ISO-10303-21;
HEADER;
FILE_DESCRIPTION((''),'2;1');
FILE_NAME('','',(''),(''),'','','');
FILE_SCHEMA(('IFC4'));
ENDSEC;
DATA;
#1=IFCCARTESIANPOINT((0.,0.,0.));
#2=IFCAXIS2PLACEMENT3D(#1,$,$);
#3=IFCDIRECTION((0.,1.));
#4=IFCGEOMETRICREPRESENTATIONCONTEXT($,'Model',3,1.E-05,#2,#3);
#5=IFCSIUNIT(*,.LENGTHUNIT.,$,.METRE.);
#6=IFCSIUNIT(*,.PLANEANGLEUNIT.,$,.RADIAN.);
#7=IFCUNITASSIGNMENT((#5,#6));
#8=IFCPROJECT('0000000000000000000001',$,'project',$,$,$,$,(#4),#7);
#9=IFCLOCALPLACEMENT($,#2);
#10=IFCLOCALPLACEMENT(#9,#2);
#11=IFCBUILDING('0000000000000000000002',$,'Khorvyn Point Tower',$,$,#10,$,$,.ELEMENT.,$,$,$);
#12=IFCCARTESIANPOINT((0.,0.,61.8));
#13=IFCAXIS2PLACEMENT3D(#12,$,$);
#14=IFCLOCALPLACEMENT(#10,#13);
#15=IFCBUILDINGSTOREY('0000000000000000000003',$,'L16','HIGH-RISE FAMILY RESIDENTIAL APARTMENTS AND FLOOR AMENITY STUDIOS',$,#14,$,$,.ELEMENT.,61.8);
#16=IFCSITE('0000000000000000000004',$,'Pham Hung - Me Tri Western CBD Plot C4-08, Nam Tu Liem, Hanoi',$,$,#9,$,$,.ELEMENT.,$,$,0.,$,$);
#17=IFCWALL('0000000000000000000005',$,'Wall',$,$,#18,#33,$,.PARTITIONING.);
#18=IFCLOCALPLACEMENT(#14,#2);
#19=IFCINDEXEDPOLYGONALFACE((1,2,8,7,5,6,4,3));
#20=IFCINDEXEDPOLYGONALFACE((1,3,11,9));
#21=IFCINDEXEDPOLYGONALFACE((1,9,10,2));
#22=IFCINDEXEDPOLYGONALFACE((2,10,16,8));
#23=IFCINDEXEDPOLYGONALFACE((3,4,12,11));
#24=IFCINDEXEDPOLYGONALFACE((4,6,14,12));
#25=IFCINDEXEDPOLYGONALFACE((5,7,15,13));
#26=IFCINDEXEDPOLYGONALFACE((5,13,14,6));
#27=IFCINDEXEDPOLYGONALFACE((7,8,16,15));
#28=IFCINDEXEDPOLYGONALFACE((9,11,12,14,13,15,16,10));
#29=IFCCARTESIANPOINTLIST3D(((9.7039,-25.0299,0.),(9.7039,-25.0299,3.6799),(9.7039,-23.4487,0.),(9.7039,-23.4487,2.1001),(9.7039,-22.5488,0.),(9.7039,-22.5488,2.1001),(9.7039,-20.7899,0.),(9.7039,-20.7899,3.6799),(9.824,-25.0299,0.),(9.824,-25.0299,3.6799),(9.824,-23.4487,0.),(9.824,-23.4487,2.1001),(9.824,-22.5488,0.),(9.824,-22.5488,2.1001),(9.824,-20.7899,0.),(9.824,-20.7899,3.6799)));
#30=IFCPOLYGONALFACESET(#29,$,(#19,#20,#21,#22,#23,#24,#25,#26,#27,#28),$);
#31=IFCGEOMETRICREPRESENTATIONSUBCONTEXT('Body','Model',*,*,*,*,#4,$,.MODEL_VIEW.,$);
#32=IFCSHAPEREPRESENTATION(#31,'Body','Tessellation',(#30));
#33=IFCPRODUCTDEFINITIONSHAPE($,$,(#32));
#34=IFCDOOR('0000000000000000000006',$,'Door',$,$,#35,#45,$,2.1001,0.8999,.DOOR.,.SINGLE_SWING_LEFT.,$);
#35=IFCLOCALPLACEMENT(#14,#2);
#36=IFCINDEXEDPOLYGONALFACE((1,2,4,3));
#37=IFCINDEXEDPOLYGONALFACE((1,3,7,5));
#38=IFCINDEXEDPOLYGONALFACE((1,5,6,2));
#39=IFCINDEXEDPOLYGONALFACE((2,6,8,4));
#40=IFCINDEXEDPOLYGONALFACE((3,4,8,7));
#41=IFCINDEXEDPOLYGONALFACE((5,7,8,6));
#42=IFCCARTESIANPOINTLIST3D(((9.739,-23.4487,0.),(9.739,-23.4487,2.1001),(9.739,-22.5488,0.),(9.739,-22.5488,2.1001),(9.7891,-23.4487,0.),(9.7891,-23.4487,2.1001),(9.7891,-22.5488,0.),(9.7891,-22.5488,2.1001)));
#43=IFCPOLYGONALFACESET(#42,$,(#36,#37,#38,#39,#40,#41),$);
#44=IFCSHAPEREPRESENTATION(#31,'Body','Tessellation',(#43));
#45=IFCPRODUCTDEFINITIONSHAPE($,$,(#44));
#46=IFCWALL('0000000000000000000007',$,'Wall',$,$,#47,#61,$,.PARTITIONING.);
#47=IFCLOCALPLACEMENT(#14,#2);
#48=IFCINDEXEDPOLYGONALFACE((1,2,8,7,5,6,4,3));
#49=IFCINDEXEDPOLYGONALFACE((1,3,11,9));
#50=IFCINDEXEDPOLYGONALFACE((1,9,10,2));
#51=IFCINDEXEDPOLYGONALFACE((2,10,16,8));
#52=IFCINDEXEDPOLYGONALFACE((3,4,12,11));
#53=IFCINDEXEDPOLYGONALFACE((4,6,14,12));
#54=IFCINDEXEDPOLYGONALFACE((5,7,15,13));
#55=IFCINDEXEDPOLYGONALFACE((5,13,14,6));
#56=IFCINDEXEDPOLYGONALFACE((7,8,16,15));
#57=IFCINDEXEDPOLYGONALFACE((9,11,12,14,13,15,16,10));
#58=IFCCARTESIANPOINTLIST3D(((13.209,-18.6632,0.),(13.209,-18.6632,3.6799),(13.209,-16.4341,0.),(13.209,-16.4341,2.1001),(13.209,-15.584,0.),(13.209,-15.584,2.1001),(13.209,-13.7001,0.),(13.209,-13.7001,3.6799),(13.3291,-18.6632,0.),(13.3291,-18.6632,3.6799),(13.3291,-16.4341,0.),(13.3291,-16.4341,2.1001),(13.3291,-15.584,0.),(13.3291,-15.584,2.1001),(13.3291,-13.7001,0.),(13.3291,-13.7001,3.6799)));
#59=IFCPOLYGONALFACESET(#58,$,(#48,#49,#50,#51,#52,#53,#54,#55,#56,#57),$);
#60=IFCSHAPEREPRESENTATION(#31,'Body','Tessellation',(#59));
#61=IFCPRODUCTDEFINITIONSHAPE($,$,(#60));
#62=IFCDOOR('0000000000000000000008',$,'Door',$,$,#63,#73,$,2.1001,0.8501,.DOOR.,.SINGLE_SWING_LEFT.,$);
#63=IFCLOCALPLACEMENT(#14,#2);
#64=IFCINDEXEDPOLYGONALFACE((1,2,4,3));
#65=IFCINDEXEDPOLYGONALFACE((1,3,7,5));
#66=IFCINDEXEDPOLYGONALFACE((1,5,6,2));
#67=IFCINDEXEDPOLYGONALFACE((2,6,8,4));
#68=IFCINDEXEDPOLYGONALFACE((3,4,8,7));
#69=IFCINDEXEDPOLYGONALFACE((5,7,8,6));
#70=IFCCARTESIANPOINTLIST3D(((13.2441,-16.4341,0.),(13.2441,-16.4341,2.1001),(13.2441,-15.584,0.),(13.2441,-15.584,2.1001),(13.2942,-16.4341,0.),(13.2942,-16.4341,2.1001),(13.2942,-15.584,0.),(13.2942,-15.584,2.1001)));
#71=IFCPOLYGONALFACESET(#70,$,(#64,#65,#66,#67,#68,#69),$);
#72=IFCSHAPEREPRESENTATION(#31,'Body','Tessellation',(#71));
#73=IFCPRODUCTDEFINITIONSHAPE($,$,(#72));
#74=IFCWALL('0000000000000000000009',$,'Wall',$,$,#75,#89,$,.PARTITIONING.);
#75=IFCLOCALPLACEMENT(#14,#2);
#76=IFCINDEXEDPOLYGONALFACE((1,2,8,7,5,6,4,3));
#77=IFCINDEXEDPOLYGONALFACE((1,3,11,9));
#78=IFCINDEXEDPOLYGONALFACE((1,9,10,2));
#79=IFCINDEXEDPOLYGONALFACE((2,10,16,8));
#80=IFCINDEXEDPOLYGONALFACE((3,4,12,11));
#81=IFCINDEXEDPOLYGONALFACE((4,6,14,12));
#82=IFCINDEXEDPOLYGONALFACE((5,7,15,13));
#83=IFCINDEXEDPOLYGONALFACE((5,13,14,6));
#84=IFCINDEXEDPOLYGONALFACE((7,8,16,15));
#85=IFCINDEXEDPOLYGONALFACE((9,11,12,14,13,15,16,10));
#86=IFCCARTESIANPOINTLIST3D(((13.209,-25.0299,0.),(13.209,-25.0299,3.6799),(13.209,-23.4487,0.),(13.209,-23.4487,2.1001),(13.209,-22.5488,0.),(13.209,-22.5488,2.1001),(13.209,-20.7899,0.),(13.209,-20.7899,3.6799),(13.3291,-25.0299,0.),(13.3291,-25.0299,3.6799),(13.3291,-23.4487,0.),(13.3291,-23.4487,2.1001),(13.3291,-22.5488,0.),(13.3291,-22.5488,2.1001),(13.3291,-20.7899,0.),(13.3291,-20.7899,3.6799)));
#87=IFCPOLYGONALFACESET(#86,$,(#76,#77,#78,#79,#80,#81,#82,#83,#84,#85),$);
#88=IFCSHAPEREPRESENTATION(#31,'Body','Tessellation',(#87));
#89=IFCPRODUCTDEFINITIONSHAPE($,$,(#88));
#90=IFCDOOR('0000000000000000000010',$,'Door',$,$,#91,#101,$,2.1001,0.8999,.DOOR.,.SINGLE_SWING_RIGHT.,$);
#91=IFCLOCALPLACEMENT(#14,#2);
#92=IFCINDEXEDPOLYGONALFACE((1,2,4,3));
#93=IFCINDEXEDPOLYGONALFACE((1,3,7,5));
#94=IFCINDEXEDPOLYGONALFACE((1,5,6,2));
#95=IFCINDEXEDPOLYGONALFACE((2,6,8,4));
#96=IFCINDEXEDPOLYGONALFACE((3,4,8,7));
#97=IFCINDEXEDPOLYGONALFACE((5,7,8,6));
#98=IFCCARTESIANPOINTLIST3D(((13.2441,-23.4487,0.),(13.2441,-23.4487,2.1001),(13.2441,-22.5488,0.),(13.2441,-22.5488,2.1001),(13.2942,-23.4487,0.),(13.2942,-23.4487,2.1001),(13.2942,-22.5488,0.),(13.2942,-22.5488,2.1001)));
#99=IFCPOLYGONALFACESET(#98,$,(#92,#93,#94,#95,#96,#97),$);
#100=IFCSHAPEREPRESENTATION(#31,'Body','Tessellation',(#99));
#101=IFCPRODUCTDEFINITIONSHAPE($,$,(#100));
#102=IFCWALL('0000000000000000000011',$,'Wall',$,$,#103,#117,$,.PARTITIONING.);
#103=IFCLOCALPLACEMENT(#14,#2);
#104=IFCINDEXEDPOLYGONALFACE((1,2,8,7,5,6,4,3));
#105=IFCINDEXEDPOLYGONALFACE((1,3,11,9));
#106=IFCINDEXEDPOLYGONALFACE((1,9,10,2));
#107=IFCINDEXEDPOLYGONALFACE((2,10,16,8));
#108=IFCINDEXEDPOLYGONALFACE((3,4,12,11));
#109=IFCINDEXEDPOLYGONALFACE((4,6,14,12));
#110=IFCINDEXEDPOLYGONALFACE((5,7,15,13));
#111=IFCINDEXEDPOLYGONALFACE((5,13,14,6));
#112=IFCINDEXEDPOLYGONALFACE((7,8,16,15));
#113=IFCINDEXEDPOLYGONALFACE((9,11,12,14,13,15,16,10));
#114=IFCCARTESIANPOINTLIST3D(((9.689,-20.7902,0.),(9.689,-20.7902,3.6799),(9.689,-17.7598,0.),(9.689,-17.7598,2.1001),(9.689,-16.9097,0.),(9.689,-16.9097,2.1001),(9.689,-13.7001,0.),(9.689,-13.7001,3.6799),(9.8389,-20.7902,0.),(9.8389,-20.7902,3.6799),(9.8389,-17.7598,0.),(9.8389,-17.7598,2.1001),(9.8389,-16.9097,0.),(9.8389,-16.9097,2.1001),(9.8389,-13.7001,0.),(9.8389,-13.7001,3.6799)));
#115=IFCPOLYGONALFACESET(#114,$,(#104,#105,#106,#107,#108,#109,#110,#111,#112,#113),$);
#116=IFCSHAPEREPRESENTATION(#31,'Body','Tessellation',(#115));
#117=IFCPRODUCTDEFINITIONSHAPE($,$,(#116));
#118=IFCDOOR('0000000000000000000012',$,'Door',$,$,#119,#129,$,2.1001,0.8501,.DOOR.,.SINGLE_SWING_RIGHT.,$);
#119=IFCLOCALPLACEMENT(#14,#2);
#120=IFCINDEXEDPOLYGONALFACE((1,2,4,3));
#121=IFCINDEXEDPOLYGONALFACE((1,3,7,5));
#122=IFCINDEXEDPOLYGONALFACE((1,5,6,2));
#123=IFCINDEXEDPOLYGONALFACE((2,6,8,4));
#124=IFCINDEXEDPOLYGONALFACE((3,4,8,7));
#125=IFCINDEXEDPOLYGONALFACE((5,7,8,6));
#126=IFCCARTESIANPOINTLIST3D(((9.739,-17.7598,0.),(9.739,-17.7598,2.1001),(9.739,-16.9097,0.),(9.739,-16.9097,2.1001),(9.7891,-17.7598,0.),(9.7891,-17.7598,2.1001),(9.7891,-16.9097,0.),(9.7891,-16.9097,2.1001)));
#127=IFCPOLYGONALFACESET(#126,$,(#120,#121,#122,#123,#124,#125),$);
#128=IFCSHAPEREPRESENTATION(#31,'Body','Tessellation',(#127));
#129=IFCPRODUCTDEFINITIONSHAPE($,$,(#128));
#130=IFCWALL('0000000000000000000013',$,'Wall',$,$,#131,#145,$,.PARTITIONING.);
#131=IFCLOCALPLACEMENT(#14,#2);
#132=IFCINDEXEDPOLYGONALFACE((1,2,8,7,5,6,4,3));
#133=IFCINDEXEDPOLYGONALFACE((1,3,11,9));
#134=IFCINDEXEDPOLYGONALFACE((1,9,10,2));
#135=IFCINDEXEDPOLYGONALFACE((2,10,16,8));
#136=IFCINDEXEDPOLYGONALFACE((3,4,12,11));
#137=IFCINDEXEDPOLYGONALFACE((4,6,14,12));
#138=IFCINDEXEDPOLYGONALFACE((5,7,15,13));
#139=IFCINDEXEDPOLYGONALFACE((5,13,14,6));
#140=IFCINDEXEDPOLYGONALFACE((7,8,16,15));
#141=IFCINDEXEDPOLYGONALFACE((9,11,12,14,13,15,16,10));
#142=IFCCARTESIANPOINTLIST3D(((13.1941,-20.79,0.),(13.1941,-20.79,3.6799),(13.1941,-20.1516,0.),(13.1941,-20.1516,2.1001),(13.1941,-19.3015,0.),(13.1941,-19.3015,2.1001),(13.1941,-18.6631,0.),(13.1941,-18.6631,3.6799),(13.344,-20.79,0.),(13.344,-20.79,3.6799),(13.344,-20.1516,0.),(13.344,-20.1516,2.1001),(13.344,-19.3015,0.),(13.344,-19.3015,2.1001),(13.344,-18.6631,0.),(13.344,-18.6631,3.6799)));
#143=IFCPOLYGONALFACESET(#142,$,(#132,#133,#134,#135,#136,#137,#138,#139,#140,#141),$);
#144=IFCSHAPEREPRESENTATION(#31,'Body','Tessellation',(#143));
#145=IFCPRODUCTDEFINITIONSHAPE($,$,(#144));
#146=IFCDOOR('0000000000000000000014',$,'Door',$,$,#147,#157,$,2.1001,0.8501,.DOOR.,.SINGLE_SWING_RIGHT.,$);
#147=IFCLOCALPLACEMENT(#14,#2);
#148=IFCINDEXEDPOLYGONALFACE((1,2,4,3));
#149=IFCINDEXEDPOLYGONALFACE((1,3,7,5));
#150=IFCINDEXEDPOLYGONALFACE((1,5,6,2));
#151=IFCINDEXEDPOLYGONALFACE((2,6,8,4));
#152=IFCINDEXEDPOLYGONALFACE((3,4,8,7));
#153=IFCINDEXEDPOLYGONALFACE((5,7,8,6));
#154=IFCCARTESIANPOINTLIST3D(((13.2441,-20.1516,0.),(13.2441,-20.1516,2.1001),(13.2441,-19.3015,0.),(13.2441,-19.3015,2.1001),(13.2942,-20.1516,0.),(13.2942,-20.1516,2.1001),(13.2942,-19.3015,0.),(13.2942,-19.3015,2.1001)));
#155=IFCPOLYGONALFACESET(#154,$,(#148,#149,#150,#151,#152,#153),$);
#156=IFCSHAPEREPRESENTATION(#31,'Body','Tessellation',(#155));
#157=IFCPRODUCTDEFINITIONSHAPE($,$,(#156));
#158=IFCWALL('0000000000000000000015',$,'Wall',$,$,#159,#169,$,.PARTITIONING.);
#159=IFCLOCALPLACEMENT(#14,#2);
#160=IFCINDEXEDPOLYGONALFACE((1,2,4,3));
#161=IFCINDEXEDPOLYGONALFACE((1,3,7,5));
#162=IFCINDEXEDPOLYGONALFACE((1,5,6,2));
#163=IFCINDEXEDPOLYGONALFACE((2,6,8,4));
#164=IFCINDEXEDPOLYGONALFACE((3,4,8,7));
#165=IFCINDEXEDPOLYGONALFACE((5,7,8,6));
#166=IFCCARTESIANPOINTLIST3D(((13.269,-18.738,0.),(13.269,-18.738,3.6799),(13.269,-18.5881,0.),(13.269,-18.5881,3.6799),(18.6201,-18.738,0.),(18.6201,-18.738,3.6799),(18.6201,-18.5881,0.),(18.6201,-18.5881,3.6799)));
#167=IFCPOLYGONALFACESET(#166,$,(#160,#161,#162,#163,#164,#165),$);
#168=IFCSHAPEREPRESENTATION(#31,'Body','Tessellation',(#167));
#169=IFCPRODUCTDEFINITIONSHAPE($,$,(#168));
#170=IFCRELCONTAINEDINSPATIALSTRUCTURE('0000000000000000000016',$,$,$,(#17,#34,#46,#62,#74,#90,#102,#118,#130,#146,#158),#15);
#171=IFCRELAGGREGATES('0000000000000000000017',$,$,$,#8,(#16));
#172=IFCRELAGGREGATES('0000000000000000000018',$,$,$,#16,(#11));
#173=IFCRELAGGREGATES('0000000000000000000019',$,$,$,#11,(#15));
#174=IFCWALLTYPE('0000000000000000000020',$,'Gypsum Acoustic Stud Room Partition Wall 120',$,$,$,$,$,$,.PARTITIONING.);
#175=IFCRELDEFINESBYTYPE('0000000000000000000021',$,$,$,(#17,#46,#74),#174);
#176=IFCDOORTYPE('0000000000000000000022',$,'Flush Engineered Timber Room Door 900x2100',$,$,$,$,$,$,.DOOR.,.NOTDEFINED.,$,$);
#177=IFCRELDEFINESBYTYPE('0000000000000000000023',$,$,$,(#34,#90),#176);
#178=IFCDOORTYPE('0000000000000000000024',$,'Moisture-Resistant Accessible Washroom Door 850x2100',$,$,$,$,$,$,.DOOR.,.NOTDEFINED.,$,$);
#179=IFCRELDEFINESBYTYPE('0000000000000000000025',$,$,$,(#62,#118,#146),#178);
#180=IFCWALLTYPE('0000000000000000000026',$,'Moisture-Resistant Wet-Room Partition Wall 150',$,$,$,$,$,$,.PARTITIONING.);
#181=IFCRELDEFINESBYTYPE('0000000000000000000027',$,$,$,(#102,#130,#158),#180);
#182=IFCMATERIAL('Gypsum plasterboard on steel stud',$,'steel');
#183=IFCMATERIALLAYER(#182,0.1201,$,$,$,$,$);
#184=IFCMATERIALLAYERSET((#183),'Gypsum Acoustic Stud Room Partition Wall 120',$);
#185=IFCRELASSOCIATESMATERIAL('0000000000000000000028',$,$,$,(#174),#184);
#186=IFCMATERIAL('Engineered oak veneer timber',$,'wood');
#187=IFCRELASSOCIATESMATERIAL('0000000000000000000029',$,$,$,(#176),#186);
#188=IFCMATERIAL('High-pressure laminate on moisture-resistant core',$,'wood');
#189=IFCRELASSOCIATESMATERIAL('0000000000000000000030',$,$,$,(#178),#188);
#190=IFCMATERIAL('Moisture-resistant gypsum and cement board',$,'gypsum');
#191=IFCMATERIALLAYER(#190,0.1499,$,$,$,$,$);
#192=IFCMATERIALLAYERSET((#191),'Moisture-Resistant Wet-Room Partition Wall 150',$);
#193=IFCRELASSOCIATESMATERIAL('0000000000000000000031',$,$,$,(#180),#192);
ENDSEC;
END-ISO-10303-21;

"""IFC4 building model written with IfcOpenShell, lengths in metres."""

from ifc_helpers import new_model, si_unit, direction, frame, frame_2d, origin, place, context, subcontext, project, spatial, rectangle, extrude, material, layer, layer_set, type_object, element, fill, save


model = new_model("IFC4")

# Units and contexts
model_context = context("Model", 3, precision=1e-05, world=origin(), true_north=direction((0.0, 1.0)))
body_context = subcontext(model_context, "Body", "Model", "MODEL_VIEW")
ifc_project = project(units=[si_unit("LENGTHUNIT", "METRE"), si_unit("PLANEANGLEUNIT", "RADIAN")], contexts=[model_context])

# Site, building, storey
site_placement = place(None, origin())
site = spatial("IfcSite", under=ifc_project, at=site_placement, Name="Pham Hung - Me Tri Western CBD Plot C4-08, Nam Tu Liem, Hanoi", CompositionType="ELEMENT", RefElevation=0.0)
building_placement = place(site_placement, origin())
building = spatial("IfcBuilding", under=site, at=building_placement, Name="Khorvyn Point Tower", CompositionType="ELEMENT")
storey_placement = place(building_placement, frame((0.0, 0.0, 61.8)))
storey = spatial("IfcBuildingStorey", under=building, at=storey_placement, Name="L16", Description="HIGH-RISE FAMILY RESIDENTIAL APARTMENTS AND FLOOR AMENITY STUDIOS", CompositionType="ELEMENT", Elevation=61.8)

# Walls, openings, doors
ifc_material_1 = material(Name="Gypsum plasterboard on steel stud", Category="steel")
ifc_layer_1 = layer(ifc_material_1, 0.1201)
ifc_layer_set_1 = layer_set([ifc_layer_1], Name="Gypsum Acoustic Stud Room Partition Wall 120")
wall_type_1 = type_object("IfcWallType", Name="Gypsum Acoustic Stud Room Partition Wall 120", PredefinedType="PARTITIONING", material=ifc_layer_set_1)
wall_1_placement = place(storey_placement, frame((9.7639, -25.03, 0.0), z_axis=(0.0, 0.0, 1.0), x_axis=(0.0, 1.0, 0.0)))
wall_1 = element("IfcWall", 1, at=wall_1_placement, inside=storey, type_object=wall_type_1, Name="Wall", PredefinedType="PARTITIONING", context=body_context, shape_type="SweptSolid", body=[
    extrude(rectangle(XDim=4.24, YDim=0.1201, at=frame_2d((2.1201, 0.0))), origin(), (0.0, 0.0, 1.0), 3.6799),
])
opening_1_placement = place(wall_1_placement, frame((1.5813, 0.0, 0.0)))
opening_1 = element("IfcOpeningElement", 2, at=opening_1_placement, cuts=wall_1, PredefinedType="OPENING", context=body_context, shape_type="SweptSolid", body=[
    extrude(rectangle(XDim=0.8999, YDim=2.1001, at=frame_2d((0.45, 1.05))), frame((0.0, 0.0701, 0.0), z_axis=(0.0, -1.0, 0.0), x_axis=(1.0, 0.0, 0.0)), (0.0, 0.0, 1.0), 0.1401),
])
ifc_material_2 = material(Name="Engineered oak veneer timber", Category="wood")
door_type_1 = type_object("IfcDoorType", Name="Flush Engineered Timber Room Door 900x2100", OperationType="NOTDEFINED", PredefinedType="DOOR", material=ifc_material_2)
door_1_placement = place(opening_1_placement, origin())
door_1 = element("IfcDoor", 3, at=door_1_placement, inside=storey, type_object=door_type_1, Name="Door", OperationType="SINGLE_SWING_LEFT", OverallHeight=2.1001, OverallWidth=0.8999, PredefinedType="DOOR", context=body_context, shape_type="SweptSolid", body=[
    extrude(rectangle(XDim=0.8999, YDim=2.1001, at=frame_2d((0.45, 1.05))), frame((0.0, 0.0249, 0.0), z_axis=(0.0, -1.0, 0.0), x_axis=(1.0, 0.0, 0.0)), (0.0, 0.0, 1.0), 0.05),
])
fill(opening_1, door_1)
wall_2_placement = place(storey_placement, frame((13.269, -18.6631, 0.0), z_axis=(0.0, 0.0, 1.0), x_axis=(0.0, 1.0, 0.0)))
wall_2 = element("IfcWall", 4, at=wall_2_placement, inside=storey, type_object=wall_type_1, Name="Wall", PredefinedType="PARTITIONING", context=body_context, shape_type="SweptSolid", body=[
    extrude(rectangle(XDim=4.9631, YDim=0.1201, at=frame_2d((2.4814, 0.0))), origin(), (0.0, 0.0, 1.0), 3.6799),
])
opening_2_placement = place(wall_2_placement, frame((2.229, 0.0, 0.0)))
opening_2 = element("IfcOpeningElement", 5, at=opening_2_placement, cuts=wall_2, PredefinedType="OPENING", context=body_context, shape_type="SweptSolid", body=[
    extrude(rectangle(XDim=0.8501, YDim=2.1001, at=frame_2d((0.425, 1.05))), frame((0.0, 0.0701, 0.0), z_axis=(0.0, -1.0, 0.0), x_axis=(1.0, 0.0, 0.0)), (0.0, 0.0, 1.0), 0.1401),
])
ifc_material_3 = material(Name="High-pressure laminate on moisture-resistant core", Category="wood")
door_type_2 = type_object("IfcDoorType", Name="Moisture-Resistant Accessible Washroom Door 850x2100", OperationType="NOTDEFINED", PredefinedType="DOOR", material=ifc_material_3)
door_2_placement = place(opening_2_placement, origin())
door_2 = element("IfcDoor", 6, at=door_2_placement, inside=storey, type_object=door_type_2, Name="Door", OperationType="SINGLE_SWING_LEFT", OverallHeight=2.1001, OverallWidth=0.8501, PredefinedType="DOOR", context=body_context, shape_type="SweptSolid", body=[
    extrude(rectangle(XDim=0.8501, YDim=2.1001, at=frame_2d((0.425, 1.05))), frame((0.0, 0.0249, 0.0), z_axis=(0.0, -1.0, 0.0), x_axis=(1.0, 0.0, 0.0)), (0.0, 0.0, 1.0), 0.05),
])
fill(opening_2, door_2)
wall_3_placement = place(storey_placement, frame((13.269, -25.03, 0.0), z_axis=(0.0, 0.0, 1.0), x_axis=(0.0, 1.0, 0.0)))
wall_3 = element("IfcWall", 7, at=wall_3_placement, inside=storey, type_object=wall_type_1, Name="Wall", PredefinedType="PARTITIONING", context=body_context, shape_type="SweptSolid", body=[
    extrude(rectangle(XDim=4.24, YDim=0.1201, at=frame_2d((2.1201, 0.0))), origin(), (0.0, 0.0, 1.0), 3.6799),
])
opening_3_placement = place(wall_3_placement, frame((1.5813, 0.0, 0.0)))
opening_3 = element("IfcOpeningElement", 8, at=opening_3_placement, cuts=wall_3, PredefinedType="OPENING", context=body_context, shape_type="SweptSolid", body=[
    extrude(rectangle(XDim=0.8999, YDim=2.1001, at=frame_2d((0.45, 1.05))), frame((0.0, 0.0701, 0.0), z_axis=(0.0, -1.0, 0.0), x_axis=(1.0, 0.0, 0.0)), (0.0, 0.0, 1.0), 0.1401),
])
door_3_placement = place(opening_3_placement, origin())
door_3 = element("IfcDoor", 9, at=door_3_placement, inside=storey, type_object=door_type_1, Name="Door", OperationType="SINGLE_SWING_RIGHT", OverallHeight=2.1001, OverallWidth=0.8999, PredefinedType="DOOR", context=body_context, shape_type="SweptSolid", body=[
    extrude(rectangle(XDim=0.8999, YDim=2.1001, at=frame_2d((0.45, 1.05))), frame((0.0, 0.0249, 0.0), z_axis=(0.0, -1.0, 0.0), x_axis=(1.0, 0.0, 0.0)), (0.0, 0.0, 1.0), 0.05),
])
fill(opening_3, door_3)
ifc_material_4 = material(Name="Moisture-resistant gypsum and cement board", Category="gypsum")
ifc_layer_2 = layer(ifc_material_4, 0.1499)
ifc_layer_set_2 = layer_set([ifc_layer_2], Name="Moisture-Resistant Wet-Room Partition Wall 150")
wall_type_2 = type_object("IfcWallType", Name="Moisture-Resistant Wet-Room Partition Wall 150", PredefinedType="PARTITIONING", material=ifc_layer_set_2)
wall_4_placement = place(storey_placement, frame((9.7639, -20.79, 0.0), z_axis=(0.0, 0.0, 1.0), x_axis=(0.0, 1.0, 0.0)))
wall_4 = element("IfcWall", 10, at=wall_4_placement, inside=storey, type_object=wall_type_2, Name="Wall", PredefinedType="PARTITIONING", context=body_context, shape_type="SweptSolid", body=[
    extrude(rectangle(XDim=7.0901, YDim=0.1499, at=frame_2d((3.5449, 0.0))), origin(), (0.0, 0.0, 1.0), 3.6799),
])
opening_4_placement = place(wall_4_placement, frame((3.0303, 0.0, 0.0)))
opening_4 = element("IfcOpeningElement", 11, at=opening_4_placement, cuts=wall_4, PredefinedType="OPENING", context=body_context, shape_type="SweptSolid", body=[
    extrude(rectangle(XDim=0.8501, YDim=2.1001, at=frame_2d((0.425, 1.05))), frame((0.0, 0.085, 0.0), z_axis=(0.0, -1.0, 0.0), x_axis=(1.0, 0.0, 0.0)), (0.0, 0.0, 1.0), 0.1699),
])
door_4_placement = place(opening_4_placement, origin())
door_4 = element("IfcDoor", 12, at=door_4_placement, inside=storey, type_object=door_type_2, Name="Door", OperationType="SINGLE_SWING_RIGHT", OverallHeight=2.1001, OverallWidth=0.8501, PredefinedType="DOOR", context=body_context, shape_type="SweptSolid", body=[
    extrude(rectangle(XDim=0.8501, YDim=2.1001, at=frame_2d((0.425, 1.05))), frame((0.0, 0.0249, 0.0), z_axis=(0.0, -1.0, 0.0), x_axis=(1.0, 0.0, 0.0)), (0.0, 0.0, 1.0), 0.05),
])
fill(opening_4, door_4)
wall_5_placement = place(storey_placement, frame((13.269, -20.79, 0.0), z_axis=(0.0, 0.0, 1.0), x_axis=(0.0, 1.0, 0.0)))
wall_5 = element("IfcWall", 13, at=wall_5_placement, inside=storey, type_object=wall_type_2, Name="Wall", PredefinedType="PARTITIONING", context=body_context, shape_type="SweptSolid", body=[
    extrude(rectangle(XDim=2.127, YDim=0.1499, at=frame_2d((1.0635, 0.0))), origin(), (0.0, 0.0, 1.0), 3.6799),
])
opening_5_placement = place(wall_5_placement, frame((0.6384, 0.0, 0.0)))
opening_5 = element("IfcOpeningElement", 14, at=opening_5_placement, cuts=wall_5, PredefinedType="OPENING", context=body_context, shape_type="SweptSolid", body=[
    extrude(rectangle(XDim=0.8501, YDim=2.1001, at=frame_2d((0.425, 1.05))), frame((0.0, 0.085, 0.0), z_axis=(0.0, -1.0, 0.0), x_axis=(1.0, 0.0, 0.0)), (0.0, 0.0, 1.0), 0.1699),
])
door_5_placement = place(opening_5_placement, origin())
door_5 = element("IfcDoor", 15, at=door_5_placement, inside=storey, type_object=door_type_2, Name="Door", OperationType="SINGLE_SWING_RIGHT", OverallHeight=2.1001, OverallWidth=0.8501, PredefinedType="DOOR", context=body_context, shape_type="SweptSolid", body=[
    extrude(rectangle(XDim=0.8501, YDim=2.1001, at=frame_2d((0.425, 1.05))), frame((0.0, 0.0249, 0.0), z_axis=(0.0, -1.0, 0.0), x_axis=(1.0, 0.0, 0.0)), (0.0, 0.0, 1.0), 0.05),
])
fill(opening_5, door_5)

# Wall
for number, where, z_axis, x_axis, name in (
    (16, (13.269, -18.6631, 0.0), (0.0, 0.0, 1.0), (1.0, 0.0, 0.0), "Wall"),
):
    element("IfcWall", number, at=place(storey_placement, frame(where, z_axis=z_axis, x_axis=x_axis)), inside=storey, type_object=wall_type_2, Name=name, PredefinedType="PARTITIONING", context=body_context, shape_type="SweptSolid", body=[
        extrude(rectangle(XDim=5.3511, YDim=0.1499, at=frame_2d((2.6755, 0.0))), origin(), (0.0, 0.0, 1.0), 3.6799),
    ])

save(model, "model.ifc")
